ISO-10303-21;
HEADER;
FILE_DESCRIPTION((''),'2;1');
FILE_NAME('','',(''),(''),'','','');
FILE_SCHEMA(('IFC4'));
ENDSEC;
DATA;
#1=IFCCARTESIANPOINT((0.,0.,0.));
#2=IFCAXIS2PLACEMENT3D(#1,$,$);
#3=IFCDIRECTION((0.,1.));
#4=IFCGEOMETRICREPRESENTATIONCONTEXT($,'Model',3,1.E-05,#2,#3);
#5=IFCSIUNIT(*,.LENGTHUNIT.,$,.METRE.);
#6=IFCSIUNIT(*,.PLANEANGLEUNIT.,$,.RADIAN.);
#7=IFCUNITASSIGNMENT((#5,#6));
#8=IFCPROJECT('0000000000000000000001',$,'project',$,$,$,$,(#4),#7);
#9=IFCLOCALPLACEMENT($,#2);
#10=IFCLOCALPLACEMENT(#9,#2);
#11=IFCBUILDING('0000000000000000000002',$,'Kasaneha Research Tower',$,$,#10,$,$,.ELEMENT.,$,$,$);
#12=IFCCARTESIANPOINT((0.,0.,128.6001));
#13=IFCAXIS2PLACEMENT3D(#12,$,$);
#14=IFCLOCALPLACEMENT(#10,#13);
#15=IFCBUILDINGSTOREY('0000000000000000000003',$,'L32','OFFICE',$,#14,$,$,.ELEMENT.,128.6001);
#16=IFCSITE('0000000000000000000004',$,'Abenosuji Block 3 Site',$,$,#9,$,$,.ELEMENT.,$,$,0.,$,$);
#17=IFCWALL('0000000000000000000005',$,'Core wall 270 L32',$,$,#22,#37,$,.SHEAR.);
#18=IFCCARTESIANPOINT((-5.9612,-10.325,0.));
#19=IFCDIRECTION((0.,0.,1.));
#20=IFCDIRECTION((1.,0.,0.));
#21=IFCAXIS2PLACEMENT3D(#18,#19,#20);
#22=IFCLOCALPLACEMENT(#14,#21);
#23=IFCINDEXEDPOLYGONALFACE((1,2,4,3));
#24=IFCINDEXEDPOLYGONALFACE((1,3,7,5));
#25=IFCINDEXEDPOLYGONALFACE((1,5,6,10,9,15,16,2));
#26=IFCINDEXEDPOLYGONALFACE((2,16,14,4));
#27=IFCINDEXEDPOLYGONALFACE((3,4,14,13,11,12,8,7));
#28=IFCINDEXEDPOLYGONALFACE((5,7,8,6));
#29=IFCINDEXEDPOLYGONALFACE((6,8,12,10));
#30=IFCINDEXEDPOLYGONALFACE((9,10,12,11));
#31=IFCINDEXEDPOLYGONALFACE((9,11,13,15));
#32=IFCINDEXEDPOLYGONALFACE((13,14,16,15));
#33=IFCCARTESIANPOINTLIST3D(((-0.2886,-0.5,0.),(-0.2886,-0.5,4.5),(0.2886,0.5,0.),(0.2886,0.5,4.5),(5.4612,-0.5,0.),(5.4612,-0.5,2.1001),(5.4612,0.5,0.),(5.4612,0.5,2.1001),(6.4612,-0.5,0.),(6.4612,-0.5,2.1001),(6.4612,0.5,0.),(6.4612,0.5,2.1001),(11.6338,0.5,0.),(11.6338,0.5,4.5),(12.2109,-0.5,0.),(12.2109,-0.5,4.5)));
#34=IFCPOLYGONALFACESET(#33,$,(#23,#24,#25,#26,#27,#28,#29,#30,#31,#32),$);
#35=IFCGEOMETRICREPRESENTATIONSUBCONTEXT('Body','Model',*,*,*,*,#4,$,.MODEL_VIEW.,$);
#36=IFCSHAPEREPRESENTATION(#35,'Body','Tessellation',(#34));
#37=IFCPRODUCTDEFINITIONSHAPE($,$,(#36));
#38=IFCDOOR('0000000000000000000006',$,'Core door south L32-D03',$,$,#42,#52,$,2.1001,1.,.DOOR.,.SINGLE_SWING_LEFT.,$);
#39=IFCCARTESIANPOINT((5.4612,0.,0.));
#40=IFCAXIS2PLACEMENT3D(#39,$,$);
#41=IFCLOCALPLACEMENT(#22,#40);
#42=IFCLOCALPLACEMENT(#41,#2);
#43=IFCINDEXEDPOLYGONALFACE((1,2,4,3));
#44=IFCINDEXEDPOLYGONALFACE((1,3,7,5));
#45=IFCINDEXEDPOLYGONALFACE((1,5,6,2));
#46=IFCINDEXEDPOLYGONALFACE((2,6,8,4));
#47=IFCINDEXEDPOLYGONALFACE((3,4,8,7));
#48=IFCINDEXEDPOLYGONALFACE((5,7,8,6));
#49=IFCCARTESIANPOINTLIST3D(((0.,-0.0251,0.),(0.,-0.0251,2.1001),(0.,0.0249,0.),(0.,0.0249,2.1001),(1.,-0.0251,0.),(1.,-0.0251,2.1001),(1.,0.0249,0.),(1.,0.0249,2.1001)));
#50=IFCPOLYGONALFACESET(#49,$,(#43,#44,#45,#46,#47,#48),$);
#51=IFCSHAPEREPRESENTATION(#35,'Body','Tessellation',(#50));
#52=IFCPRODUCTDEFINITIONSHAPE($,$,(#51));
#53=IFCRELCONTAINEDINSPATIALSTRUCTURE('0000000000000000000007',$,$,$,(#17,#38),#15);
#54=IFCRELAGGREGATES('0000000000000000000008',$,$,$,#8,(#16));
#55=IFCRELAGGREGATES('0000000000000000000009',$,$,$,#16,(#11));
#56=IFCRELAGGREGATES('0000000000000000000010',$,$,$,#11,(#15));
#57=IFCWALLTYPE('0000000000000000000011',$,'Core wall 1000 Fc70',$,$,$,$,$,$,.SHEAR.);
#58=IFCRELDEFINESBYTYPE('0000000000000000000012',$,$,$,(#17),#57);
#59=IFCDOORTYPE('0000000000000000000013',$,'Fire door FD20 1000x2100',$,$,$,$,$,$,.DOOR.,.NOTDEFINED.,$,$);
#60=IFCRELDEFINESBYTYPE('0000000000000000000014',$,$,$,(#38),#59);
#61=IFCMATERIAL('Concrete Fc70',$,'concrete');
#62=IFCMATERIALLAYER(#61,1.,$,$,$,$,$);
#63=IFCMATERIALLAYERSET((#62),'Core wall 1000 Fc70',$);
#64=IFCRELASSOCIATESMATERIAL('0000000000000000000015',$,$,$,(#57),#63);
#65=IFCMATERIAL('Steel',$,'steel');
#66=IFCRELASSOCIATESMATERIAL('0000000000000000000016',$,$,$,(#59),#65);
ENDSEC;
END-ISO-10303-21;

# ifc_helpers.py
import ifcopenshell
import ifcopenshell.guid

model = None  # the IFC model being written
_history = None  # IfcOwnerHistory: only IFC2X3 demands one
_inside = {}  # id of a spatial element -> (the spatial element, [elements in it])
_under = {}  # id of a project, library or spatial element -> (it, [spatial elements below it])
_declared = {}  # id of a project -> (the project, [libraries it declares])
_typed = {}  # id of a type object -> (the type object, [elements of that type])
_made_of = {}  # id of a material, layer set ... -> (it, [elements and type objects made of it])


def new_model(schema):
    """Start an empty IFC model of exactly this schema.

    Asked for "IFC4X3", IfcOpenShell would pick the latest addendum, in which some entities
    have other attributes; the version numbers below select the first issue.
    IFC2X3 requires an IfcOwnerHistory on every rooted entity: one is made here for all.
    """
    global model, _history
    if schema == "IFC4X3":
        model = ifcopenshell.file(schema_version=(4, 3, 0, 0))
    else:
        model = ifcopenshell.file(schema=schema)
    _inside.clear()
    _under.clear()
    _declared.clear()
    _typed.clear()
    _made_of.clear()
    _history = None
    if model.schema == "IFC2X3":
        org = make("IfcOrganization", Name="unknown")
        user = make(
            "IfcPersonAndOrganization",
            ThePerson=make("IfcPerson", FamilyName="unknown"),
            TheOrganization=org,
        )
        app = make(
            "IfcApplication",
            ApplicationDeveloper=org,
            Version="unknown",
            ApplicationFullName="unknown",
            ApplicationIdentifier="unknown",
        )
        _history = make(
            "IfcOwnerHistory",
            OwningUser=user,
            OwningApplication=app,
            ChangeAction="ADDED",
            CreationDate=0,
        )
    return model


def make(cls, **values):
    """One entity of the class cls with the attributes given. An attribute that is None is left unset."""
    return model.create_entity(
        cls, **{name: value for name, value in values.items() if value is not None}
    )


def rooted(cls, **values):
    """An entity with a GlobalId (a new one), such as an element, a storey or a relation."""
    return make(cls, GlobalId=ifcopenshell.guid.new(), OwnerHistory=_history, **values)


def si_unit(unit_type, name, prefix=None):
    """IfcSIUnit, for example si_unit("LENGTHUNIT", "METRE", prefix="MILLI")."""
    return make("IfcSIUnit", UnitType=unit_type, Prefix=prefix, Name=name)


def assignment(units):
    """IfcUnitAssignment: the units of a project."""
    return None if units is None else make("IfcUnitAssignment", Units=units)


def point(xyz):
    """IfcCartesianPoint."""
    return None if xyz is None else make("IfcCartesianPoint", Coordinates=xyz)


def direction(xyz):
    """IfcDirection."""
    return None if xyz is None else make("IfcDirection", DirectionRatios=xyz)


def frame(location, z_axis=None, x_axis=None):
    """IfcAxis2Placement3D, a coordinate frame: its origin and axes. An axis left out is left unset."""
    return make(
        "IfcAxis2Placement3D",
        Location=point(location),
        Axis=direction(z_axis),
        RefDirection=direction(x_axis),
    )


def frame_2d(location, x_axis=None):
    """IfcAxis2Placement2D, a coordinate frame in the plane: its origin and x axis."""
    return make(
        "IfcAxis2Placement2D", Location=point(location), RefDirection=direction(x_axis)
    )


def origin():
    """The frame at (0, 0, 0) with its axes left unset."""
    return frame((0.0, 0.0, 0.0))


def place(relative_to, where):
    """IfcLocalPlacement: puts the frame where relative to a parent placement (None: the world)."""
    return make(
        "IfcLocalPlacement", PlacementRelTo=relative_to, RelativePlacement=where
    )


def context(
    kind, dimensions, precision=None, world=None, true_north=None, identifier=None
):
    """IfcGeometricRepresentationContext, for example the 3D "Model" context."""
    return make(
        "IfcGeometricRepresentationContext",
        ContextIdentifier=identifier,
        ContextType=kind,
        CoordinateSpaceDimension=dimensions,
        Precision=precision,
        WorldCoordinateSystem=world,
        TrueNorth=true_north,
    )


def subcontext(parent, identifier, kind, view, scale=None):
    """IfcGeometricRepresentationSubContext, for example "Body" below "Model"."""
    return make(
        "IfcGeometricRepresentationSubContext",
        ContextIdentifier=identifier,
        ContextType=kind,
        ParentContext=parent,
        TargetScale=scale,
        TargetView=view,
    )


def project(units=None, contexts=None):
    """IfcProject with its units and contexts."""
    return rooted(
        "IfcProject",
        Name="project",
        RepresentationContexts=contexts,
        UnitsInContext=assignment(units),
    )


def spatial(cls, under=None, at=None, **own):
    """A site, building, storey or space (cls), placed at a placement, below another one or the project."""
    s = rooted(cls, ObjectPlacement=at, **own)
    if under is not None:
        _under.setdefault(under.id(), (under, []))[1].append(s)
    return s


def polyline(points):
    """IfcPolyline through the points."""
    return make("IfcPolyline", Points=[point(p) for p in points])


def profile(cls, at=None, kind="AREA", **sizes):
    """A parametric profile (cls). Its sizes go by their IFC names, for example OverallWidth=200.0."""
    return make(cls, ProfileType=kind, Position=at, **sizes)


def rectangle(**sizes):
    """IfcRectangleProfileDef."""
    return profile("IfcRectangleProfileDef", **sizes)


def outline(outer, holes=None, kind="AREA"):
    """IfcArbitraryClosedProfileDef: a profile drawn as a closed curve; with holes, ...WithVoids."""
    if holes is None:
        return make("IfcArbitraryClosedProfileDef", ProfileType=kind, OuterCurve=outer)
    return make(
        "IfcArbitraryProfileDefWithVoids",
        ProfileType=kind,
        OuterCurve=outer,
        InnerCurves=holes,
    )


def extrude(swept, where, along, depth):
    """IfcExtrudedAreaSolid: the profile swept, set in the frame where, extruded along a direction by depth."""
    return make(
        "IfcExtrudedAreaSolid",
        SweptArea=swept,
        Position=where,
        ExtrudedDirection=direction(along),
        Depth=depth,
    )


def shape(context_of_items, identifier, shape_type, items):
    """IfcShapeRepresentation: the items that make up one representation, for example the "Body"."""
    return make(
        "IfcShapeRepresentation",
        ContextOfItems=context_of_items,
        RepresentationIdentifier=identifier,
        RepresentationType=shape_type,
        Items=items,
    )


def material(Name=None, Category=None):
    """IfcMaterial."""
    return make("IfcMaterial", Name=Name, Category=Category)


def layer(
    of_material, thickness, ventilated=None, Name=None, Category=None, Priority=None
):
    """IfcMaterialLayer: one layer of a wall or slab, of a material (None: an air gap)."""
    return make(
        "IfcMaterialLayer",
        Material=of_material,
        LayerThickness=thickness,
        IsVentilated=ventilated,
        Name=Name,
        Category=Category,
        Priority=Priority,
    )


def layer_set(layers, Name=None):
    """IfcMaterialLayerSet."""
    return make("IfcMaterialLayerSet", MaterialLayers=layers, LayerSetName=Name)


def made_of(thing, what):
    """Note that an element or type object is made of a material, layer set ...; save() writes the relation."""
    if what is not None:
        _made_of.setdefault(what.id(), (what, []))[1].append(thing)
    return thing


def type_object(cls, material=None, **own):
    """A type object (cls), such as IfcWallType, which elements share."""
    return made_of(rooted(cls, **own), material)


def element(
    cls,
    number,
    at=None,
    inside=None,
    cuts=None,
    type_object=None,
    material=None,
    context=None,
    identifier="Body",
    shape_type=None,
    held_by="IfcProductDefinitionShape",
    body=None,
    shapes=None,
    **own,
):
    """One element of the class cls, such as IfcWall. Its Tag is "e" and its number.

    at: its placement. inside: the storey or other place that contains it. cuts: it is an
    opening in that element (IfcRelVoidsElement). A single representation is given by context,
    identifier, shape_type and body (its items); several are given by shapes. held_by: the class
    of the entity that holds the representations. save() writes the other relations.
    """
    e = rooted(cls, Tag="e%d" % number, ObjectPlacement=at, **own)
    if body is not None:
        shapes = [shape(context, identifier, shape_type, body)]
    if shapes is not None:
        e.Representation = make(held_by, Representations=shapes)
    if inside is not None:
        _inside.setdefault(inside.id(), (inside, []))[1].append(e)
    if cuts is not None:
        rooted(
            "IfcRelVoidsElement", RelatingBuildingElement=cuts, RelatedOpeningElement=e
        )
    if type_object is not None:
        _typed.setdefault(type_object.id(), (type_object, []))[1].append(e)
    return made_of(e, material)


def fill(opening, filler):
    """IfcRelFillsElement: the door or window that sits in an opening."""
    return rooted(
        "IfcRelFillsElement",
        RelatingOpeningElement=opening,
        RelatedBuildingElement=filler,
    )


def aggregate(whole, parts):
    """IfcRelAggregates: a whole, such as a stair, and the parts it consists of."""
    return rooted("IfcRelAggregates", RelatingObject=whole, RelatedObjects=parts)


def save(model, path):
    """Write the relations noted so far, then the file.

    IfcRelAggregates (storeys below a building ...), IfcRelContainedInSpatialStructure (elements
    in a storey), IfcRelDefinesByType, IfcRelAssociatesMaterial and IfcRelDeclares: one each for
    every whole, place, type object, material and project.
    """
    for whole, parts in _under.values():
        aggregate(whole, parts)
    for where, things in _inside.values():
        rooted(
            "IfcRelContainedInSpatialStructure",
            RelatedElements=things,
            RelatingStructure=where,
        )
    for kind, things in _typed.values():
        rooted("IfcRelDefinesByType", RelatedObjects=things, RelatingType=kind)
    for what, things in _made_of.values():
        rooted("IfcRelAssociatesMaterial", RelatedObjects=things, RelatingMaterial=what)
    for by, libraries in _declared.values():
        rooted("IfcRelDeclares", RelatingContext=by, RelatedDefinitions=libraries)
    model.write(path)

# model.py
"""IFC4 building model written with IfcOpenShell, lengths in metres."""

from ifc_helpers import new_model, si_unit, direction, frame, frame_2d, origin, place, context, subcontext, project, spatial, polyline, rectangle, outline, extrude, material, layer, layer_set, type_object, element, fill, save


model = new_model("IFC4")

# Units and contexts
model_context = context("Model", 3, precision=1e-05, world=origin(), true_north=direction((0.0, 1.0)))
body_context = subcontext(model_context, "Body", "Model", "MODEL_VIEW")
ifc_project = project(units=[si_unit("LENGTHUNIT", "METRE"), si_unit("PLANEANGLEUNIT", "RADIAN")], contexts=[model_context])

# Site, building, storey
site_placement = place(None, origin())
site = spatial("IfcSite", under=ifc_project, at=site_placement, Name="Abenosuji Block 3 Site", CompositionType="ELEMENT", RefElevation=0.0)
building_placement = place(site_placement, origin())
building = spatial("IfcBuilding", under=site, at=building_placement, Name="Kasaneha Research Tower", CompositionType="ELEMENT")
storey_placement = place(building_placement, frame((0.0, 0.0, 128.6001)))
storey = spatial("IfcBuildingStorey", under=building, at=storey_placement, Name="L32", Description="OFFICE", CompositionType="ELEMENT", Elevation=128.6001)

# Wall, opening, door
ifc_material_1 = material(Name="Concrete Fc70", Category="concrete")
ifc_layer_1 = layer(ifc_material_1, 1.0)
ifc_layer_set_1 = layer_set([ifc_layer_1], Name="Core wall 1000 Fc70")
wall_type_1 = type_object("IfcWallType", Name="Core wall 1000 Fc70", PredefinedType="SHEAR", material=ifc_layer_set_1)
wall_1_placement = place(storey_placement, frame((-5.9612, -10.325, 0.0), z_axis=(0.0, 0.0, 1.0), x_axis=(1.0, 0.0, 0.0)))
wall_1 = element("IfcWall", 1, at=wall_1_placement, inside=storey, type_object=wall_type_1, Name="Core wall 270 L32", PredefinedType="SHEAR", context=body_context, shape_type="SweptSolid", body=[
    extrude(outline(polyline([(-0.2886, -0.5), (5.4612, -0.5), (6.4612, -0.5), (12.2109, -0.5), (11.6338, 0.5), (6.4612, 0.5), (5.4612, 0.5), (0.2886, 0.5), (-0.2886, -0.5)])), origin(), (0.0, 0.0, 1.0), 4.5),
])
opening_1_placement = place(wall_1_placement, frame((5.4612, 0.0, 0.0)))
opening_1 = element("IfcOpeningElement", 2, at=opening_1_placement, cuts=wall_1, PredefinedType="OPENING", context=body_context, shape_type="SweptSolid", body=[
    extrude(rectangle(XDim=1.0, YDim=2.1001, at=frame_2d((0.5, 1.05))), frame((0.0, 0.51, 0.0), z_axis=(0.0, -1.0, 0.0), x_axis=(1.0, 0.0, 0.0)), (0.0, 0.0, 1.0), 1.02),
])
ifc_material_2 = material(Name="Steel", Category="steel")
door_type_1 = type_object("IfcDoorType", Name="Fire door FD20 1000x2100", OperationType="NOTDEFINED", PredefinedType="DOOR", material=ifc_material_2)
door_1_placement = place(opening_1_placement, origin())
door_1 = element("IfcDoor", 3, at=door_1_placement, inside=storey, type_object=door_type_1, Name="Core door south L32-D03", OperationType="SINGLE_SWING_LEFT", OverallHeight=2.1001, OverallWidth=1.0, PredefinedType="DOOR", context=body_context, shape_type="SweptSolid", body=[
    extrude(rectangle(XDim=1.0, YDim=2.1001, at=frame_2d((0.5, 1.05))), frame((0.0, 0.0249, 0.0), z_axis=(0.0, -1.0, 0.0), x_axis=(1.0, 0.0, 0.0)), (0.0, 0.0, 1.0), 0.05),
])
fill(opening_1, door_1)

save(model, "model.ifc")
